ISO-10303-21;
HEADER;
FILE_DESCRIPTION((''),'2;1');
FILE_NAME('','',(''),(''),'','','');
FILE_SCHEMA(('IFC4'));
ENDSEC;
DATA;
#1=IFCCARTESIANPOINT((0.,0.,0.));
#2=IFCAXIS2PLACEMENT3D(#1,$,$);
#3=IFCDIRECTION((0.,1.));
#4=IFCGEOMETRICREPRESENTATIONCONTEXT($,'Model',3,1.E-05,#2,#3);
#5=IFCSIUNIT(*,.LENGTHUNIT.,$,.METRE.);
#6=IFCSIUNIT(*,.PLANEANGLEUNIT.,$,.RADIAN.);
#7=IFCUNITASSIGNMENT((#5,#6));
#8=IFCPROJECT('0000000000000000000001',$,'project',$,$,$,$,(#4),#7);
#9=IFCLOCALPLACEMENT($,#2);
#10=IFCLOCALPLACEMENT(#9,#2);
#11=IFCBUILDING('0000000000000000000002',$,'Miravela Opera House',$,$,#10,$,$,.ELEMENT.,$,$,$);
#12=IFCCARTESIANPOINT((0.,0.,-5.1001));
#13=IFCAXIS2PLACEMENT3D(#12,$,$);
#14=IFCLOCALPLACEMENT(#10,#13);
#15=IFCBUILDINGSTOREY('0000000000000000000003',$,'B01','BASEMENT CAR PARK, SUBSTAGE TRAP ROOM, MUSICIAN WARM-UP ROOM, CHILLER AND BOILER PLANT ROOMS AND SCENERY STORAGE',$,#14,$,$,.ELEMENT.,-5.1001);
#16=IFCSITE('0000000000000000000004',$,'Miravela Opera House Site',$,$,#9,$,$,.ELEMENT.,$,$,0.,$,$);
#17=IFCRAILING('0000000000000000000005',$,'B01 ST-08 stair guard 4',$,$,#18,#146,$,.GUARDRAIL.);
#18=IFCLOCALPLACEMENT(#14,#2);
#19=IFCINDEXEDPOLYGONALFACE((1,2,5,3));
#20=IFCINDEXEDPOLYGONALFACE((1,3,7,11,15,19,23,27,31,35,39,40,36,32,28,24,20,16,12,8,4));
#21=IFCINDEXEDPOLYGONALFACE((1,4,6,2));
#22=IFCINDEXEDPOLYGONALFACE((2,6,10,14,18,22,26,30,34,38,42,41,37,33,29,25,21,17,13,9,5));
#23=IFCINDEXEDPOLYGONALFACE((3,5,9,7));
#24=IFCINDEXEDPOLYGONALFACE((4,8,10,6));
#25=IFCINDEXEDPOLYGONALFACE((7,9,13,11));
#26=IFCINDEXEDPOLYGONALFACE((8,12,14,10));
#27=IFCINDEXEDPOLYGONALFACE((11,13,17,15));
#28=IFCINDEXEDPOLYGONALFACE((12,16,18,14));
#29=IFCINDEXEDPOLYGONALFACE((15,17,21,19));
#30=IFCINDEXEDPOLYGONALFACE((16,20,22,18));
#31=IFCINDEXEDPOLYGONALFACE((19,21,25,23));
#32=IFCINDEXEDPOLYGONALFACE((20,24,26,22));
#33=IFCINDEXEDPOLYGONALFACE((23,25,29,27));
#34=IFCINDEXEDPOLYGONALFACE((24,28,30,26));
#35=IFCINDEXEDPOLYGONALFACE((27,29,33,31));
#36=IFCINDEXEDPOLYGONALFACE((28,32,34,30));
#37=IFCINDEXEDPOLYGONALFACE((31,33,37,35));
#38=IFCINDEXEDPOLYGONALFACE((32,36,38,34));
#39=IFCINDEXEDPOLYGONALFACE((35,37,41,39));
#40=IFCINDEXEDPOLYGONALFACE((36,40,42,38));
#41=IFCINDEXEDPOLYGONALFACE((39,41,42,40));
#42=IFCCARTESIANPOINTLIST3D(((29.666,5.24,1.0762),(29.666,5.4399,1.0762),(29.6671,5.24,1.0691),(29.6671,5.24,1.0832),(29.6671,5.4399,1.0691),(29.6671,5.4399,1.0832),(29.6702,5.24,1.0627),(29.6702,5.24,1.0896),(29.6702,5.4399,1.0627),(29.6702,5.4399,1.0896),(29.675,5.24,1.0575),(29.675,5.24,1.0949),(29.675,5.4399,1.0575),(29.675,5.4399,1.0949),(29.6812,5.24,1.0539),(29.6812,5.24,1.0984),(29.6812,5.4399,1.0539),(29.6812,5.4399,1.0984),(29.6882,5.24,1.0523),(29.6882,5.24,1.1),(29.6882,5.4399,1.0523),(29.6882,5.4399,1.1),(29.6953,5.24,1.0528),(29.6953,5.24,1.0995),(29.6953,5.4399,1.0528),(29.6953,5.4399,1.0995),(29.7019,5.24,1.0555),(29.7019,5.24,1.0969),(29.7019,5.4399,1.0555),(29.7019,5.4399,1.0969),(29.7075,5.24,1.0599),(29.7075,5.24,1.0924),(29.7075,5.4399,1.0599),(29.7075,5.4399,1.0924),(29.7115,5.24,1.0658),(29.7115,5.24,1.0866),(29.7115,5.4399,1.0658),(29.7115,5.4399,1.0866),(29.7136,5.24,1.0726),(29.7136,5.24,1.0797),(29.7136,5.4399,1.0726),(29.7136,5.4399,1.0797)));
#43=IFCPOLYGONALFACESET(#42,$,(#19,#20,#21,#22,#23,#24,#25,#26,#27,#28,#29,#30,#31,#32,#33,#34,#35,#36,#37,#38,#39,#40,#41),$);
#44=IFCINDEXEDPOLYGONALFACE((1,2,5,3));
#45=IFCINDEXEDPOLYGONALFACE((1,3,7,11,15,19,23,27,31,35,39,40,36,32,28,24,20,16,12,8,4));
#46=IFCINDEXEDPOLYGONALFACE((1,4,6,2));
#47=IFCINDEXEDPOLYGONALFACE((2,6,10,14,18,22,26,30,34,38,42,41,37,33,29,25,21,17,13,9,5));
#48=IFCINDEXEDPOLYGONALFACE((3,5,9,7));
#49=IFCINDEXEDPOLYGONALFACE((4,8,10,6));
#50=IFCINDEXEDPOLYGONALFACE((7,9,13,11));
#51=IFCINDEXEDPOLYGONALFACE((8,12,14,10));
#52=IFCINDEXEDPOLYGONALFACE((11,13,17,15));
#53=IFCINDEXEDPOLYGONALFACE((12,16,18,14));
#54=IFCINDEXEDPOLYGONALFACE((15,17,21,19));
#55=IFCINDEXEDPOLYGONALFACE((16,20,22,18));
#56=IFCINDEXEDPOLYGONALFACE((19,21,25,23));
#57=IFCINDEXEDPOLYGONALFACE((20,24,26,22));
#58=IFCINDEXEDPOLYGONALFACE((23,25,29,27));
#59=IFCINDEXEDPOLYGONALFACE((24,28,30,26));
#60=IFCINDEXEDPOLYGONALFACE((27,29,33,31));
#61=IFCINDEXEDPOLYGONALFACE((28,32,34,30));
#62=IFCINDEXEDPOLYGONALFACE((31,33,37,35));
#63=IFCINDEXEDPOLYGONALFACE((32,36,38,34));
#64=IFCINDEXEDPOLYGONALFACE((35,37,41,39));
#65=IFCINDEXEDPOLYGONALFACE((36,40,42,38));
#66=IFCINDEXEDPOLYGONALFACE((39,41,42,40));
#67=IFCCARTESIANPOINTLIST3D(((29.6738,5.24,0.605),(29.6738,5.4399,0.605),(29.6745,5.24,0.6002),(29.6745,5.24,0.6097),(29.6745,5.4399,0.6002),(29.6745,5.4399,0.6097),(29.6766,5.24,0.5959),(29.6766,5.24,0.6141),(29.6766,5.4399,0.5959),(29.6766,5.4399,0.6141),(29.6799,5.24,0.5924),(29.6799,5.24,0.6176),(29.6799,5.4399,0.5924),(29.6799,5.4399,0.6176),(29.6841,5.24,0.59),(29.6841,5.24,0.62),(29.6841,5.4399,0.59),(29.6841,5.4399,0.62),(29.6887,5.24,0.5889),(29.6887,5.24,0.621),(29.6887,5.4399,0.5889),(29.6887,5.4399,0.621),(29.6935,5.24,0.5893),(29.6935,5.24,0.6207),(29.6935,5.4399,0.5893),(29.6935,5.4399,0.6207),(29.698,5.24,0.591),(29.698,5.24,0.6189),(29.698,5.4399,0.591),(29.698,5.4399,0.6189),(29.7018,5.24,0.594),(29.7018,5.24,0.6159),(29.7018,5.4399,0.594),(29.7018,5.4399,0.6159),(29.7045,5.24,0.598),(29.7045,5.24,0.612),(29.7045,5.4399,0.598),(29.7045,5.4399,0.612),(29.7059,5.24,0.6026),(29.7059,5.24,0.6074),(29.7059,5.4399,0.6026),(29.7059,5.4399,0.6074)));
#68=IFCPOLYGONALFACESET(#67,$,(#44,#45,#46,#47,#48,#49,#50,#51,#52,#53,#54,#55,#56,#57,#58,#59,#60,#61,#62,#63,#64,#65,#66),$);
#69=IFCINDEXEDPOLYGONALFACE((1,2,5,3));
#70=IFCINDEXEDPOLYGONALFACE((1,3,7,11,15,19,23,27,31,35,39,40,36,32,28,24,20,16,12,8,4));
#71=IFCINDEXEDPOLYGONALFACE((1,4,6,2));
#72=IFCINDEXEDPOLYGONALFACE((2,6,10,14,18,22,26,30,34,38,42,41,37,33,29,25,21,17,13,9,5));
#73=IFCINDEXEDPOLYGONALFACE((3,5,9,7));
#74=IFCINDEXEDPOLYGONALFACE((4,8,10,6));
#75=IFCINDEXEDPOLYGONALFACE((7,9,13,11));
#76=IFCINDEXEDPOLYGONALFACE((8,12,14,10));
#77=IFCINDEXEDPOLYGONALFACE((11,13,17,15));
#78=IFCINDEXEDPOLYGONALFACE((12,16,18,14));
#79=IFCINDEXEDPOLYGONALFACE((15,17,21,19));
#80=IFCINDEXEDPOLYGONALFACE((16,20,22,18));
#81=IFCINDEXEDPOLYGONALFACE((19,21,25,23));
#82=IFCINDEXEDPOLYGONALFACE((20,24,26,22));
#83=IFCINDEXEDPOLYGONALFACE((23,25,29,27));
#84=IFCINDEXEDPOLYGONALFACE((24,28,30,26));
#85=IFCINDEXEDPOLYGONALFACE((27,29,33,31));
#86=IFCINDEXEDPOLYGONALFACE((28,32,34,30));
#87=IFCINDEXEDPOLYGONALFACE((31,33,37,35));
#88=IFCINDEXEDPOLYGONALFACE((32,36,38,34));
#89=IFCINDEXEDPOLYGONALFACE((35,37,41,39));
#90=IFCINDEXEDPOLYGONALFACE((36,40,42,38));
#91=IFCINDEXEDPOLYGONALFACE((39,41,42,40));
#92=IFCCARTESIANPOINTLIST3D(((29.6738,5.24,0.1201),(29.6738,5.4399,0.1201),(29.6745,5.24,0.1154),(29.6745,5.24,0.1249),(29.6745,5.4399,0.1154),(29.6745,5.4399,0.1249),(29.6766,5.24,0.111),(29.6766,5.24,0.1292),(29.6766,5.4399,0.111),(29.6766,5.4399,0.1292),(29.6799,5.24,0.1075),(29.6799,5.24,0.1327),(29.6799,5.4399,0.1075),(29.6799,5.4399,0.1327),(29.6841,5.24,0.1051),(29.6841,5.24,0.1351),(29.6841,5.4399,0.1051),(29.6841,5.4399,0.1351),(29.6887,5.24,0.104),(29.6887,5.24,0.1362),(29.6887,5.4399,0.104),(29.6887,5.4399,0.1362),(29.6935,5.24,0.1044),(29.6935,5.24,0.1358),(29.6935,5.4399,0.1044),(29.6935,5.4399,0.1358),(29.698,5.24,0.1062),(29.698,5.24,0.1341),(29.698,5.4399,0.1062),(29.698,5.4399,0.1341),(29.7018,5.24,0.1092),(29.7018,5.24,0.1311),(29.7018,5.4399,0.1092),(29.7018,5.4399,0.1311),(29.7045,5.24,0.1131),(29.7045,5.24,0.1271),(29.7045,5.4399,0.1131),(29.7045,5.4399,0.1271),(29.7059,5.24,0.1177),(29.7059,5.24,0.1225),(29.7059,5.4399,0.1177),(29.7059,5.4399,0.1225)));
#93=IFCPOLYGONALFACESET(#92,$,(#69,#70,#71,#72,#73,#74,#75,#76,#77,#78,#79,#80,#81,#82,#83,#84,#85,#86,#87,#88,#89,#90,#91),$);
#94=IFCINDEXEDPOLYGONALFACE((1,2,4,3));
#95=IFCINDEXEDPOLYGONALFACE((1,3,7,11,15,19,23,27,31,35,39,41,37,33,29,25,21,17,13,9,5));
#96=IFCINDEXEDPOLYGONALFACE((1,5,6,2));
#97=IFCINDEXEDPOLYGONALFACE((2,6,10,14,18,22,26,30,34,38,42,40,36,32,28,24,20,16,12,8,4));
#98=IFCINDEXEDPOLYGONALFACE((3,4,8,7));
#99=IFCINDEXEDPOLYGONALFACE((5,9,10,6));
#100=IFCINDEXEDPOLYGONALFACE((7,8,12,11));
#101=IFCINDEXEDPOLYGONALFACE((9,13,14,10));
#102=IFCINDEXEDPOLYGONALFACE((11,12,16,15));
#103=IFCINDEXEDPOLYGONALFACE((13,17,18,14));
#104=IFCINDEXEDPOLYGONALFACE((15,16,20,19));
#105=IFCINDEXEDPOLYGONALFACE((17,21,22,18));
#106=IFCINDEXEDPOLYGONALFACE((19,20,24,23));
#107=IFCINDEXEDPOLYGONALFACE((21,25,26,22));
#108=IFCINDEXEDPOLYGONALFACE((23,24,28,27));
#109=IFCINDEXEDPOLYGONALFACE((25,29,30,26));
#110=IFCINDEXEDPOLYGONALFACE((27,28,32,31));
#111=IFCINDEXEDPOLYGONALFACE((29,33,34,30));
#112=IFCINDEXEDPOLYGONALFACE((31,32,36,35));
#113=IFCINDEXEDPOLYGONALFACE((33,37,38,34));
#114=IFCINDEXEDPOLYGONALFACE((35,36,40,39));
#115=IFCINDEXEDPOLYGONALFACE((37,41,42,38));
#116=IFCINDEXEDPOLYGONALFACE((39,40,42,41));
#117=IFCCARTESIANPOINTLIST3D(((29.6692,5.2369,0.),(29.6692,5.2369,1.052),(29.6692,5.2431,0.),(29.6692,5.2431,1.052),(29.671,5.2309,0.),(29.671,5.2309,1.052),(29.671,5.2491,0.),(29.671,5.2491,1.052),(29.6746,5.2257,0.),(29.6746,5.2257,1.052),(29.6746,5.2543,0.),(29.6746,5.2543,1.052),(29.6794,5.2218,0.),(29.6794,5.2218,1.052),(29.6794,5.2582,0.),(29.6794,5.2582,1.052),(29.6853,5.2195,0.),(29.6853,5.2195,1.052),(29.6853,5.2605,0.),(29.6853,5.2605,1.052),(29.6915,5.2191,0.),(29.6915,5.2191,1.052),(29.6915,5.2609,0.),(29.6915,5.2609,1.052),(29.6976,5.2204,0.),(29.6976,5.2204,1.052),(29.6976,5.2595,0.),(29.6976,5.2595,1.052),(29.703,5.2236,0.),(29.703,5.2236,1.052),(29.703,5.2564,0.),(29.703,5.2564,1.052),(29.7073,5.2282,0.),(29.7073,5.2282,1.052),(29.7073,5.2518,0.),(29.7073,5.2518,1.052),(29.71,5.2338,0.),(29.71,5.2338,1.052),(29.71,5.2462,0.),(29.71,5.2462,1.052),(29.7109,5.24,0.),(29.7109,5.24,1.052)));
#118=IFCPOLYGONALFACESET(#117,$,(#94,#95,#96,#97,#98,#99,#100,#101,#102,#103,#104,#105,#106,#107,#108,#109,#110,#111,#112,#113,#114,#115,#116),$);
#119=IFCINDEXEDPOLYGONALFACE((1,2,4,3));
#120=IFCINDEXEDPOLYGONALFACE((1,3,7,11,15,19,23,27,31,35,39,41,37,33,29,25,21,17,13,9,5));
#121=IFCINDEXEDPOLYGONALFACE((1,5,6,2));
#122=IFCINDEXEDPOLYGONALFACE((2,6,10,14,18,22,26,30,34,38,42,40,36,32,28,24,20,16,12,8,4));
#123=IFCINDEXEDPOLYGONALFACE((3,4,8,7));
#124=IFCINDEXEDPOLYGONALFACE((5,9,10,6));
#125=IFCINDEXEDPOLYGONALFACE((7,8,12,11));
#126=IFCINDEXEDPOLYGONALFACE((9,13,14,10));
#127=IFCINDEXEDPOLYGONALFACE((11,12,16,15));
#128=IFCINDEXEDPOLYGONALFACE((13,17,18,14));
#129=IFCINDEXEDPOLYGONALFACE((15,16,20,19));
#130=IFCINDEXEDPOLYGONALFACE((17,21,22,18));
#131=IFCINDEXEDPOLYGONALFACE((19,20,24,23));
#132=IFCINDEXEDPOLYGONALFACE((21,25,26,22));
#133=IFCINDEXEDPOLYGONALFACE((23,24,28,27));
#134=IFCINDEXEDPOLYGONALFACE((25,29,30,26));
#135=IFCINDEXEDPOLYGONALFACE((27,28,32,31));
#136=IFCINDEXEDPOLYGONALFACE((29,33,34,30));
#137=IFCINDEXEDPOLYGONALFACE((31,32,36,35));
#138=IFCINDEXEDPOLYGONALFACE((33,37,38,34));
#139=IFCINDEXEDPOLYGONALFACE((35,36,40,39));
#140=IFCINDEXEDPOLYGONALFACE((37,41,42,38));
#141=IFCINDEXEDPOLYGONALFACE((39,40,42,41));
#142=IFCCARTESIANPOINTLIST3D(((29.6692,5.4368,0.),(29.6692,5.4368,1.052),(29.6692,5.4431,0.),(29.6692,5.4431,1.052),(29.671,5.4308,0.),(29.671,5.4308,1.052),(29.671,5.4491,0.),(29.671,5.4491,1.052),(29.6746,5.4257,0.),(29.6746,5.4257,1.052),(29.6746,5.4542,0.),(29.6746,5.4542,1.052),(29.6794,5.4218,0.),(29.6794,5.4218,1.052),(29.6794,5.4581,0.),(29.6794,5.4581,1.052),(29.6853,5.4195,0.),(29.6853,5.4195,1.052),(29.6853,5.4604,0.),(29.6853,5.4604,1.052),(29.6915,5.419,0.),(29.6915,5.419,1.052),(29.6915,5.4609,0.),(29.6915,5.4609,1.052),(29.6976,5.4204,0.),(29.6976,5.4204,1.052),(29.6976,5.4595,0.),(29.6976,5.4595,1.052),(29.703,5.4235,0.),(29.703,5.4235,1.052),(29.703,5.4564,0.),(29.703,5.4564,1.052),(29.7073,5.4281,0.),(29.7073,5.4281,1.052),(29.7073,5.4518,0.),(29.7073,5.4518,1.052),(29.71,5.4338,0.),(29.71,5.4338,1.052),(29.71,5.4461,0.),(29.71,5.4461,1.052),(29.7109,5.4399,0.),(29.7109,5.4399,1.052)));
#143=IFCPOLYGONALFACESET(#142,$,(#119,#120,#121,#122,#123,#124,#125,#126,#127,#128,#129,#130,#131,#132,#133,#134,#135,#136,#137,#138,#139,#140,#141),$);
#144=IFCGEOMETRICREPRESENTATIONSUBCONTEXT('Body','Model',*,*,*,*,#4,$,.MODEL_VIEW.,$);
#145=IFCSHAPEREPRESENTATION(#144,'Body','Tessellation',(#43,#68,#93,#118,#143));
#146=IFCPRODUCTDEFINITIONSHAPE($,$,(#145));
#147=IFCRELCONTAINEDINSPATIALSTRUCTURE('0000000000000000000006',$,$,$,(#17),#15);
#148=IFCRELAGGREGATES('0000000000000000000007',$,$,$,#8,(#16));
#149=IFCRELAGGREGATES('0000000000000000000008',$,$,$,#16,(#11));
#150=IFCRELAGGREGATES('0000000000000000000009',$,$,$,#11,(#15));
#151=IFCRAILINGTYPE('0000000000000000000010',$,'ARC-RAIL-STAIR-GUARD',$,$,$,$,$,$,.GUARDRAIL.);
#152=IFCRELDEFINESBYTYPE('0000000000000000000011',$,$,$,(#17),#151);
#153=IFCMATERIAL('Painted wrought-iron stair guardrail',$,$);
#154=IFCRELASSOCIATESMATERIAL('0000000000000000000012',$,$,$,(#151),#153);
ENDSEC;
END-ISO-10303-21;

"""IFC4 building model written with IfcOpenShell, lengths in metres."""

from ifc_helpers import new_model, si_unit, direction, frame, origin, origin_2d, place, context, subcontext, project, spatial, circle, extrude, material, type_object, element, save


model = new_model("IFC4")

# Units and contexts
model_context = context("Model", 3, precision=1e-05, world=origin(), true_north=direction((0.0, 1.0)))
body_context = subcontext(model_context, "Body", "Model", "MODEL_VIEW")
ifc_project = project(units=[si_unit("LENGTHUNIT", "METRE"), si_unit("PLANEANGLEUNIT", "RADIAN")], contexts=[model_context])

# Site, building, storey
site_placement = place(None, origin())
site = spatial("IfcSite", under=ifc_project, at=site_placement, Name="Miravela Opera House Site", CompositionType="ELEMENT", RefElevation=0.0)
building_placement = place(site_placement, origin())
building = spatial("IfcBuilding", under=site, at=building_placement, Name="Miravela Opera House", CompositionType="ELEMENT")
storey_placement = place(building_placement, frame((0.0, 0.0, -5.1001)))
storey = spatial("IfcBuildingStorey", under=building, at=storey_placement, Name="B01", Description="BASEMENT CAR PARK, SUBSTAGE TRAP ROOM, MUSICIAN WARM-UP ROOM, CHILLER AND BOILER PLANT ROOMS AND SCENERY STORAGE", CompositionType="ELEMENT", Elevation=-5.1001)

# Railing
ifc_material_1 = material(Name="Painted wrought-iron stair guardrail")
railing_type_1 = type_object("IfcRailingType", Name="ARC-RAIL-STAIR-GUARD", PredefinedType="GUARDRAIL", material=ifc_material_1)
railing_1_placement = place(storey_placement, frame((29.6899, 5.24, 0.0)))
element("IfcRailing", 1, at=railing_1_placement, inside=storey, type_object=railing_type_1, Name="B01 ST-08 stair guard 4", PredefinedType="GUARDRAIL", context=body_context, shape_type="SweptSolid", body=[
    extrude(circle(Radius=0.0239, at=origin_2d()), frame((0.0, 0.0, 1.0762), z_axis=(0.0, 1.0, 0.0), x_axis=(-1.0, 0.0, 0.0)), (0.0, 0.0, 1.0), 0.2),
    extrude(circle(Radius=0.0161, at=origin_2d()), frame((0.0, 0.0, 0.605), z_axis=(0.0, 1.0, 0.0), x_axis=(-1.0, 0.0, 0.0)), (0.0, 0.0, 1.0), 0.2),
    extrude(circle(Radius=0.0161, at=origin_2d()), frame((0.0, 0.0, 0.1201), z_axis=(0.0, 1.0, 0.0), x_axis=(-1.0, 0.0, 0.0)), (0.0, 0.0, 1.0), 0.2),
    extrude(circle(Radius=0.021, at=origin_2d()), origin(), (0.0, 0.0, 1.0), 1.052),
    extrude(circle(Radius=0.021, at=origin_2d()), frame((0.0, 0.2, 0.0)), (0.0, 0.0, 1.0), 1.052),
])

save(model, "model.ifc")
